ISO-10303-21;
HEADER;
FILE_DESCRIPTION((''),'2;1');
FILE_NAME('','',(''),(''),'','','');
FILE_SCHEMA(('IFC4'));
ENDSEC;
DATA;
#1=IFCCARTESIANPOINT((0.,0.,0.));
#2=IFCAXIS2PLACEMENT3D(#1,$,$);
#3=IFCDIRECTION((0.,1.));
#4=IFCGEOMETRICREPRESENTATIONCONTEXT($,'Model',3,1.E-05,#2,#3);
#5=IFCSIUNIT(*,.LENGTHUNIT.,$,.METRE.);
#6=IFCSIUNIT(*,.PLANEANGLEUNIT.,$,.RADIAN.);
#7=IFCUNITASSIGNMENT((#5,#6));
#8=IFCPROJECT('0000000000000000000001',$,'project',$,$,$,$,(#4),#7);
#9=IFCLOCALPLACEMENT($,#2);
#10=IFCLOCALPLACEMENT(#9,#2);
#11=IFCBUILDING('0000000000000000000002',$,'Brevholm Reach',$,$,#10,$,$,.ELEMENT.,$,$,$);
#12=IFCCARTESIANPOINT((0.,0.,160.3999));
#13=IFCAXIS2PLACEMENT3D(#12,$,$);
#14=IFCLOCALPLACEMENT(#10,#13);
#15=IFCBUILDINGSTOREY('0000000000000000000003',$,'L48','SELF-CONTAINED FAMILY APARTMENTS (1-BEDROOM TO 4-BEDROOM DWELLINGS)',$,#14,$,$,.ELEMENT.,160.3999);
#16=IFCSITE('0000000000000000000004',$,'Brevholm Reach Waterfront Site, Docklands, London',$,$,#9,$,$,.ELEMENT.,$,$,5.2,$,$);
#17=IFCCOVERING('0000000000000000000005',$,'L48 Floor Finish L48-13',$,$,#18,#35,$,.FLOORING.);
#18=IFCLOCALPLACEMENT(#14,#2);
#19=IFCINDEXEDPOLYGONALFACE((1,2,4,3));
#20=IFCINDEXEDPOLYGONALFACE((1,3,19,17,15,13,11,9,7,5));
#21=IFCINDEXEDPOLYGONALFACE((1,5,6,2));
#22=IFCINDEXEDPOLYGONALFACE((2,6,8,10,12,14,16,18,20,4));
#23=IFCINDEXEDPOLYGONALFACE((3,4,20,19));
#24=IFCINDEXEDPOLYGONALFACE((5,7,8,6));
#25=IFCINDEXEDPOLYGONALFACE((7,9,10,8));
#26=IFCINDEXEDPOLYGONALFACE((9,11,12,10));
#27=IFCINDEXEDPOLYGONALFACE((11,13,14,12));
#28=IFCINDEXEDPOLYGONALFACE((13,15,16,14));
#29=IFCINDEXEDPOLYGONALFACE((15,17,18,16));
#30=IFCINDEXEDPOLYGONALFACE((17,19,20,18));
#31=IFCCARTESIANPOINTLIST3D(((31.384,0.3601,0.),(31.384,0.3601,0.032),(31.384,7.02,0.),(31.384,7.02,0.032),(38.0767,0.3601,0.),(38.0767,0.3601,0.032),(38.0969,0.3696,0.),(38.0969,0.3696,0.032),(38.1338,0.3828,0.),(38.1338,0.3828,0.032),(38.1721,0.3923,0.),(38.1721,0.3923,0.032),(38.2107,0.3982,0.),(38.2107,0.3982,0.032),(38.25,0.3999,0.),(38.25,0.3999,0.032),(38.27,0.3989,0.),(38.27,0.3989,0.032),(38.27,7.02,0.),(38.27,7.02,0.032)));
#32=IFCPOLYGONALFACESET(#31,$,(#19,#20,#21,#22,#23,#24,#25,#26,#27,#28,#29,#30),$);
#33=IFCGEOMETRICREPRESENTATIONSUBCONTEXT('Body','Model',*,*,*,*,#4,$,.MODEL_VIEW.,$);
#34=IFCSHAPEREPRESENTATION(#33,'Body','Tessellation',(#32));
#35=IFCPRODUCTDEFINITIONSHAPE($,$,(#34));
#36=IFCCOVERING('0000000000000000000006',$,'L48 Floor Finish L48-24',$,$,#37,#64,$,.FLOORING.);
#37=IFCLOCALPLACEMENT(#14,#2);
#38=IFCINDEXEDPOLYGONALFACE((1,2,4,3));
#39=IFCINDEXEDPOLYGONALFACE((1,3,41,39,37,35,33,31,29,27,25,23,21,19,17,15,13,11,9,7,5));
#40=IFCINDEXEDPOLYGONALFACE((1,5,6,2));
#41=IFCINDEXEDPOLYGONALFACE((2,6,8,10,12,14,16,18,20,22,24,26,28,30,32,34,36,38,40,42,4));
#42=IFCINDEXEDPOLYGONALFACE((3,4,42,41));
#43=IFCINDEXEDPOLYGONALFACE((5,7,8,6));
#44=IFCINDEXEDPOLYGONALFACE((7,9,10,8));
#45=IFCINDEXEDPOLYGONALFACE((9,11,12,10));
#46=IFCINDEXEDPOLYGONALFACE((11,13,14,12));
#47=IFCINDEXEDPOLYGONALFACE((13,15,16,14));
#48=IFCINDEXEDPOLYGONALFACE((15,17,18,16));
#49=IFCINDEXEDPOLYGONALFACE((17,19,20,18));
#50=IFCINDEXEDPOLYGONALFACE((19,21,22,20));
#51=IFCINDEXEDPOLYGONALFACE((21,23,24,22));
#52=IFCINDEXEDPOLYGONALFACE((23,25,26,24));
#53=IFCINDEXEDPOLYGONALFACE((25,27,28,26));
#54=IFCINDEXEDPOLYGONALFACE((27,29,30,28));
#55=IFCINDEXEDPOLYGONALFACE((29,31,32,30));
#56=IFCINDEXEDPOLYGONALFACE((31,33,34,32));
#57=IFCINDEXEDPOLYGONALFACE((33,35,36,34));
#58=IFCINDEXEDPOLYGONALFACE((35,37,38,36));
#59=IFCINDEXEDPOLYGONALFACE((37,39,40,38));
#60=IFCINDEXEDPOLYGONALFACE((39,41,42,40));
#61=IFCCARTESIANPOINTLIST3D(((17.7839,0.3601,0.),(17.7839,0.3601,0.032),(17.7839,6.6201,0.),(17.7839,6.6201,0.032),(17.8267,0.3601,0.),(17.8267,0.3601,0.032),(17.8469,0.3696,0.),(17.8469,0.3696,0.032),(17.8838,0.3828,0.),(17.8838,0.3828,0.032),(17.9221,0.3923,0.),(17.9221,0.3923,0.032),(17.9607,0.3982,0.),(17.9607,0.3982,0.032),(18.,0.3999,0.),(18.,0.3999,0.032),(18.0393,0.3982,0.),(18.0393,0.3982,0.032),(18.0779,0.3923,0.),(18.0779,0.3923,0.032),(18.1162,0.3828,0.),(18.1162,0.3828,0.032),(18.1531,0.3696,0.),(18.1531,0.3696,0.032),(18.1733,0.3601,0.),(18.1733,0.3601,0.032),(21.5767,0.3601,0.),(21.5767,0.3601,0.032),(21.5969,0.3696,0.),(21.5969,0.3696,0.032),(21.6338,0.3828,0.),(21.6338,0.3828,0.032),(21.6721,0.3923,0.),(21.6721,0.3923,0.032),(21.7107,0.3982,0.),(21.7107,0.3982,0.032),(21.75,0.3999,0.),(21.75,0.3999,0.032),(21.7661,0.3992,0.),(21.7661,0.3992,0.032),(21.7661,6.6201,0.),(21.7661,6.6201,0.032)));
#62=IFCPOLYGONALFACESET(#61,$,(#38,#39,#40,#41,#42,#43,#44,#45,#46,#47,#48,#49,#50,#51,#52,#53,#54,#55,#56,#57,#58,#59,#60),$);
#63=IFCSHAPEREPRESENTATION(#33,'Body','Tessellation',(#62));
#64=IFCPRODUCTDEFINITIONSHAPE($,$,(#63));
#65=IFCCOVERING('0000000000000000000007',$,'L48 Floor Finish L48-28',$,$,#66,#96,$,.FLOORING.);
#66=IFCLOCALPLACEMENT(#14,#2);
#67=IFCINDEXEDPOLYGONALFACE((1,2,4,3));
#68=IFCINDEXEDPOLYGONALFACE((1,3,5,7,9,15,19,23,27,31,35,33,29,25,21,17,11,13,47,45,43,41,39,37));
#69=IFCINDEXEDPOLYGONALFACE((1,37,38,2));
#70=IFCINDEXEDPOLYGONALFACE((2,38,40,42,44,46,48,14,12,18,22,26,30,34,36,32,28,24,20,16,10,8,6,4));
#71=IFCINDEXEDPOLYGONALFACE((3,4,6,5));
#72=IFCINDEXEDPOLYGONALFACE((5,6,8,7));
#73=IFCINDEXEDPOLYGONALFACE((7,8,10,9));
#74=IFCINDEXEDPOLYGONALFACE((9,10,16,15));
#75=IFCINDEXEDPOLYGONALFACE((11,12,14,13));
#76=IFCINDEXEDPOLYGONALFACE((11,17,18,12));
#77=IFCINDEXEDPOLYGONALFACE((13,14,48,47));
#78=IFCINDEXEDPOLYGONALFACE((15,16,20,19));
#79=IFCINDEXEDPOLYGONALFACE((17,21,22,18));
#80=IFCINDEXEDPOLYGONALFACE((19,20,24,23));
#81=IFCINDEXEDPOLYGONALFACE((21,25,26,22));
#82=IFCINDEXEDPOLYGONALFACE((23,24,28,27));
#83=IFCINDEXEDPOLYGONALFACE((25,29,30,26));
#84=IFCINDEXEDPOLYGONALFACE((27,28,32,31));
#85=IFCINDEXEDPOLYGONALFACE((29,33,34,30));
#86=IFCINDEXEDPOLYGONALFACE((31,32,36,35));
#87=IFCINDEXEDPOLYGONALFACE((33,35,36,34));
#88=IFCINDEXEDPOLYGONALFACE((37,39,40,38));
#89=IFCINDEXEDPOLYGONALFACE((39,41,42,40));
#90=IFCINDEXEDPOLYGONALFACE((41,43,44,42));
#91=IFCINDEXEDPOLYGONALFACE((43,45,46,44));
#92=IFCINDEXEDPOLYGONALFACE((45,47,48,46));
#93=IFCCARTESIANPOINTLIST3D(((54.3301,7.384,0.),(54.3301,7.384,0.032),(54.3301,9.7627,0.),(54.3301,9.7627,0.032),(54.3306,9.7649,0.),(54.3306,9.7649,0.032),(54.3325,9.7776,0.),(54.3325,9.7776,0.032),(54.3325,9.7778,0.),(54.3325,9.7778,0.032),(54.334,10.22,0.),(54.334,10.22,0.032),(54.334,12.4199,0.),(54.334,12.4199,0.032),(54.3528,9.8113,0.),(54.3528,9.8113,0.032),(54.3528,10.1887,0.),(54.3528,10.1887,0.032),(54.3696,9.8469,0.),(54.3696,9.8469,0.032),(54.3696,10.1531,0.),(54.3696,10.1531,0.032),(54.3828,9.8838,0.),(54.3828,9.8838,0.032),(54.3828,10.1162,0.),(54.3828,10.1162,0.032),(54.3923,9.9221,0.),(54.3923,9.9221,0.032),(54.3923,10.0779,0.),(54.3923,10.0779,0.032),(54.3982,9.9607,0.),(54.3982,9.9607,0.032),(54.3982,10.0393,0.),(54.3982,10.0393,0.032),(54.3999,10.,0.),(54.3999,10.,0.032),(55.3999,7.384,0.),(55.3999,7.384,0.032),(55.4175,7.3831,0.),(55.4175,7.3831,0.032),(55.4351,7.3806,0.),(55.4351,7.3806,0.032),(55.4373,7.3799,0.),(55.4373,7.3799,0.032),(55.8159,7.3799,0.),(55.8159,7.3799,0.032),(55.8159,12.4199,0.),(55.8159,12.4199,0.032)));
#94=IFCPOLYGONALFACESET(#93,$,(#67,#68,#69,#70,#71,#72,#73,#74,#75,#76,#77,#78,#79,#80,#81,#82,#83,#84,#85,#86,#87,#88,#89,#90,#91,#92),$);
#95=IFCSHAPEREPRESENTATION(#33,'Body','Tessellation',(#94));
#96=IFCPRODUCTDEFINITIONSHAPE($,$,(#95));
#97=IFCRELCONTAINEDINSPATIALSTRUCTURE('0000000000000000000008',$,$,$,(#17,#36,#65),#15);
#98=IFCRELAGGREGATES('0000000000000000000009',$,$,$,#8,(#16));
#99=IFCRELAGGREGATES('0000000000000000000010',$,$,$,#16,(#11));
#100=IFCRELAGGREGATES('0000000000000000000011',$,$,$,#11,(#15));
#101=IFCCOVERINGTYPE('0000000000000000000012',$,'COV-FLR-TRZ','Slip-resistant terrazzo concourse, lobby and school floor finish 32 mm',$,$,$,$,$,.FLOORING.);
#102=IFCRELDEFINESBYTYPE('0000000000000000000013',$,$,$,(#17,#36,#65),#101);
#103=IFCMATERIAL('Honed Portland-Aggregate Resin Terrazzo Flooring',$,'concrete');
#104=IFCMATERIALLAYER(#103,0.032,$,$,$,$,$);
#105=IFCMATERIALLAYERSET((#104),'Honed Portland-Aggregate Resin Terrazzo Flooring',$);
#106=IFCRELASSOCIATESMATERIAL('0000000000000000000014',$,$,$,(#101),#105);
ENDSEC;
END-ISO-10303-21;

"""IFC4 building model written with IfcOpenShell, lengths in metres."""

from ifc_helpers import new_model, si_unit, direction, frame, origin, place, context, subcontext, project, spatial, polyline, outline, extrude, material, layer, layer_set, type_object, element, save


model = new_model("IFC4")

# Units and contexts
model_context = context("Model", 3, precision=1e-05, world=origin(), true_north=direction((0.0, 1.0)))
body_context = subcontext(model_context, "Body", "Model", "MODEL_VIEW")
ifc_project = project(units=[si_unit("LENGTHUNIT", "METRE"), si_unit("PLANEANGLEUNIT", "RADIAN")], contexts=[model_context])

# Site, building, storey
site_placement = place(None, origin())
site = spatial("IfcSite", under=ifc_project, at=site_placement, Name="Brevholm Reach Waterfront Site, Docklands, London", CompositionType="ELEMENT", RefElevation=5.2)
building_placement = place(site_placement, origin())
building = spatial("IfcBuilding", under=site, at=building_placement, Name="Brevholm Reach", CompositionType="ELEMENT")
storey_placement = place(building_placement, frame((0.0, 0.0, 160.3999)))
storey = spatial("IfcBuildingStorey", under=building, at=storey_placement, Name="L48", Description="SELF-CONTAINED FAMILY APARTMENTS (1-BEDROOM TO 4-BEDROOM DWELLINGS)", CompositionType="ELEMENT", Elevation=160.3999)

# Coverings
ifc_material_1 = material(Name="Honed Portland-Aggregate Resin Terrazzo Flooring", Category="concrete")
ifc_layer_1 = layer(ifc_material_1, 0.032)
ifc_layer_set_1 = layer_set([ifc_layer_1], Name="Honed Portland-Aggregate Resin Terrazzo Flooring")
covering_type_1 = type_object("IfcCoveringType", Name="COV-FLR-TRZ", Description="Slip-resistant terrazzo concourse, lobby and school floor finish 32 mm", PredefinedType="FLOORING", material=ifc_layer_set_1)
covering_1_placement = place(storey_placement, origin())
element("IfcCovering", 1, at=covering_1_placement, inside=storey, type_object=covering_type_1, Name="L48 Floor Finish L48-13", PredefinedType="FLOORING", context=body_context, shape_type="SweptSolid", body=[
    extrude(outline(polyline([(38.27, 7.02), (38.27, 0.3989), (38.25, 0.3999), (38.2107, 0.3982), (38.1721, 0.3923), (38.1338, 0.3828), (38.0969, 0.3696), (38.0767, 0.3601), (31.384, 0.3601), (31.384, 7.02), (38.27, 7.02)])), origin(), (0.0, 0.0, 1.0), 0.032),
])
covering_2_placement = place(storey_placement, origin())
element("IfcCovering", 2, at=covering_2_placement, inside=storey, type_object=covering_type_1, Name="L48 Floor Finish L48-24", PredefinedType="FLOORING", context=body_context, shape_type="SweptSolid", body=[
    extrude(outline(polyline([(21.7661, 6.6201), (21.7661, 0.3992), (21.75, 0.3999), (21.7107, 0.3982), (21.6721, 0.3923), (21.6338, 0.3828), (21.5969, 0.3696), (21.5767, 0.3601), (18.1733, 0.3601), (18.1531, 0.3696), (18.1162, 0.3828), (18.0779, 0.3923), (18.0393, 0.3982), (18.0, 0.3999), (17.9607, 0.3982), (17.9221, 0.3923), (17.8838, 0.3828), (17.8469, 0.3696), (17.8267, 0.3601), (17.7839, 0.3601), (17.7839, 6.6201), (21.7661, 6.6201)])), origin(), (0.0, 0.0, 1.0), 0.032),
])
covering_3_placement = place(storey_placement, origin())
element("IfcCovering", 3, at=covering_3_placement, inside=storey, type_object=covering_type_1, Name="L48 Floor Finish L48-28", PredefinedType="FLOORING", context=body_context, shape_type="SweptSolid", body=[
    extrude(outline(polyline([(54.3301, 9.7627), (54.3306, 9.7649), (54.3325, 9.7776), (54.3325, 9.7778), (54.3528, 9.8113), (54.3696, 9.8469), (54.3828, 9.8838), (54.3923, 9.9221), (54.3982, 9.9607), (54.3999, 10.0), (54.3982, 10.0393), (54.3923, 10.0779), (54.3828, 10.1162), (54.3696, 10.1531), (54.3528, 10.1887), (54.334, 10.22), (54.334, 12.4199), (55.8159, 12.4199), (55.8159, 7.3799), (55.4373, 7.3799), (55.4351, 7.3806), (55.4175, 7.3831), (55.3999, 7.384), (54.3301, 7.384), (54.3301, 9.7627)])), origin(), (0.0, 0.0, 1.0), 0.032),
])

save(model, "model.ifc")
